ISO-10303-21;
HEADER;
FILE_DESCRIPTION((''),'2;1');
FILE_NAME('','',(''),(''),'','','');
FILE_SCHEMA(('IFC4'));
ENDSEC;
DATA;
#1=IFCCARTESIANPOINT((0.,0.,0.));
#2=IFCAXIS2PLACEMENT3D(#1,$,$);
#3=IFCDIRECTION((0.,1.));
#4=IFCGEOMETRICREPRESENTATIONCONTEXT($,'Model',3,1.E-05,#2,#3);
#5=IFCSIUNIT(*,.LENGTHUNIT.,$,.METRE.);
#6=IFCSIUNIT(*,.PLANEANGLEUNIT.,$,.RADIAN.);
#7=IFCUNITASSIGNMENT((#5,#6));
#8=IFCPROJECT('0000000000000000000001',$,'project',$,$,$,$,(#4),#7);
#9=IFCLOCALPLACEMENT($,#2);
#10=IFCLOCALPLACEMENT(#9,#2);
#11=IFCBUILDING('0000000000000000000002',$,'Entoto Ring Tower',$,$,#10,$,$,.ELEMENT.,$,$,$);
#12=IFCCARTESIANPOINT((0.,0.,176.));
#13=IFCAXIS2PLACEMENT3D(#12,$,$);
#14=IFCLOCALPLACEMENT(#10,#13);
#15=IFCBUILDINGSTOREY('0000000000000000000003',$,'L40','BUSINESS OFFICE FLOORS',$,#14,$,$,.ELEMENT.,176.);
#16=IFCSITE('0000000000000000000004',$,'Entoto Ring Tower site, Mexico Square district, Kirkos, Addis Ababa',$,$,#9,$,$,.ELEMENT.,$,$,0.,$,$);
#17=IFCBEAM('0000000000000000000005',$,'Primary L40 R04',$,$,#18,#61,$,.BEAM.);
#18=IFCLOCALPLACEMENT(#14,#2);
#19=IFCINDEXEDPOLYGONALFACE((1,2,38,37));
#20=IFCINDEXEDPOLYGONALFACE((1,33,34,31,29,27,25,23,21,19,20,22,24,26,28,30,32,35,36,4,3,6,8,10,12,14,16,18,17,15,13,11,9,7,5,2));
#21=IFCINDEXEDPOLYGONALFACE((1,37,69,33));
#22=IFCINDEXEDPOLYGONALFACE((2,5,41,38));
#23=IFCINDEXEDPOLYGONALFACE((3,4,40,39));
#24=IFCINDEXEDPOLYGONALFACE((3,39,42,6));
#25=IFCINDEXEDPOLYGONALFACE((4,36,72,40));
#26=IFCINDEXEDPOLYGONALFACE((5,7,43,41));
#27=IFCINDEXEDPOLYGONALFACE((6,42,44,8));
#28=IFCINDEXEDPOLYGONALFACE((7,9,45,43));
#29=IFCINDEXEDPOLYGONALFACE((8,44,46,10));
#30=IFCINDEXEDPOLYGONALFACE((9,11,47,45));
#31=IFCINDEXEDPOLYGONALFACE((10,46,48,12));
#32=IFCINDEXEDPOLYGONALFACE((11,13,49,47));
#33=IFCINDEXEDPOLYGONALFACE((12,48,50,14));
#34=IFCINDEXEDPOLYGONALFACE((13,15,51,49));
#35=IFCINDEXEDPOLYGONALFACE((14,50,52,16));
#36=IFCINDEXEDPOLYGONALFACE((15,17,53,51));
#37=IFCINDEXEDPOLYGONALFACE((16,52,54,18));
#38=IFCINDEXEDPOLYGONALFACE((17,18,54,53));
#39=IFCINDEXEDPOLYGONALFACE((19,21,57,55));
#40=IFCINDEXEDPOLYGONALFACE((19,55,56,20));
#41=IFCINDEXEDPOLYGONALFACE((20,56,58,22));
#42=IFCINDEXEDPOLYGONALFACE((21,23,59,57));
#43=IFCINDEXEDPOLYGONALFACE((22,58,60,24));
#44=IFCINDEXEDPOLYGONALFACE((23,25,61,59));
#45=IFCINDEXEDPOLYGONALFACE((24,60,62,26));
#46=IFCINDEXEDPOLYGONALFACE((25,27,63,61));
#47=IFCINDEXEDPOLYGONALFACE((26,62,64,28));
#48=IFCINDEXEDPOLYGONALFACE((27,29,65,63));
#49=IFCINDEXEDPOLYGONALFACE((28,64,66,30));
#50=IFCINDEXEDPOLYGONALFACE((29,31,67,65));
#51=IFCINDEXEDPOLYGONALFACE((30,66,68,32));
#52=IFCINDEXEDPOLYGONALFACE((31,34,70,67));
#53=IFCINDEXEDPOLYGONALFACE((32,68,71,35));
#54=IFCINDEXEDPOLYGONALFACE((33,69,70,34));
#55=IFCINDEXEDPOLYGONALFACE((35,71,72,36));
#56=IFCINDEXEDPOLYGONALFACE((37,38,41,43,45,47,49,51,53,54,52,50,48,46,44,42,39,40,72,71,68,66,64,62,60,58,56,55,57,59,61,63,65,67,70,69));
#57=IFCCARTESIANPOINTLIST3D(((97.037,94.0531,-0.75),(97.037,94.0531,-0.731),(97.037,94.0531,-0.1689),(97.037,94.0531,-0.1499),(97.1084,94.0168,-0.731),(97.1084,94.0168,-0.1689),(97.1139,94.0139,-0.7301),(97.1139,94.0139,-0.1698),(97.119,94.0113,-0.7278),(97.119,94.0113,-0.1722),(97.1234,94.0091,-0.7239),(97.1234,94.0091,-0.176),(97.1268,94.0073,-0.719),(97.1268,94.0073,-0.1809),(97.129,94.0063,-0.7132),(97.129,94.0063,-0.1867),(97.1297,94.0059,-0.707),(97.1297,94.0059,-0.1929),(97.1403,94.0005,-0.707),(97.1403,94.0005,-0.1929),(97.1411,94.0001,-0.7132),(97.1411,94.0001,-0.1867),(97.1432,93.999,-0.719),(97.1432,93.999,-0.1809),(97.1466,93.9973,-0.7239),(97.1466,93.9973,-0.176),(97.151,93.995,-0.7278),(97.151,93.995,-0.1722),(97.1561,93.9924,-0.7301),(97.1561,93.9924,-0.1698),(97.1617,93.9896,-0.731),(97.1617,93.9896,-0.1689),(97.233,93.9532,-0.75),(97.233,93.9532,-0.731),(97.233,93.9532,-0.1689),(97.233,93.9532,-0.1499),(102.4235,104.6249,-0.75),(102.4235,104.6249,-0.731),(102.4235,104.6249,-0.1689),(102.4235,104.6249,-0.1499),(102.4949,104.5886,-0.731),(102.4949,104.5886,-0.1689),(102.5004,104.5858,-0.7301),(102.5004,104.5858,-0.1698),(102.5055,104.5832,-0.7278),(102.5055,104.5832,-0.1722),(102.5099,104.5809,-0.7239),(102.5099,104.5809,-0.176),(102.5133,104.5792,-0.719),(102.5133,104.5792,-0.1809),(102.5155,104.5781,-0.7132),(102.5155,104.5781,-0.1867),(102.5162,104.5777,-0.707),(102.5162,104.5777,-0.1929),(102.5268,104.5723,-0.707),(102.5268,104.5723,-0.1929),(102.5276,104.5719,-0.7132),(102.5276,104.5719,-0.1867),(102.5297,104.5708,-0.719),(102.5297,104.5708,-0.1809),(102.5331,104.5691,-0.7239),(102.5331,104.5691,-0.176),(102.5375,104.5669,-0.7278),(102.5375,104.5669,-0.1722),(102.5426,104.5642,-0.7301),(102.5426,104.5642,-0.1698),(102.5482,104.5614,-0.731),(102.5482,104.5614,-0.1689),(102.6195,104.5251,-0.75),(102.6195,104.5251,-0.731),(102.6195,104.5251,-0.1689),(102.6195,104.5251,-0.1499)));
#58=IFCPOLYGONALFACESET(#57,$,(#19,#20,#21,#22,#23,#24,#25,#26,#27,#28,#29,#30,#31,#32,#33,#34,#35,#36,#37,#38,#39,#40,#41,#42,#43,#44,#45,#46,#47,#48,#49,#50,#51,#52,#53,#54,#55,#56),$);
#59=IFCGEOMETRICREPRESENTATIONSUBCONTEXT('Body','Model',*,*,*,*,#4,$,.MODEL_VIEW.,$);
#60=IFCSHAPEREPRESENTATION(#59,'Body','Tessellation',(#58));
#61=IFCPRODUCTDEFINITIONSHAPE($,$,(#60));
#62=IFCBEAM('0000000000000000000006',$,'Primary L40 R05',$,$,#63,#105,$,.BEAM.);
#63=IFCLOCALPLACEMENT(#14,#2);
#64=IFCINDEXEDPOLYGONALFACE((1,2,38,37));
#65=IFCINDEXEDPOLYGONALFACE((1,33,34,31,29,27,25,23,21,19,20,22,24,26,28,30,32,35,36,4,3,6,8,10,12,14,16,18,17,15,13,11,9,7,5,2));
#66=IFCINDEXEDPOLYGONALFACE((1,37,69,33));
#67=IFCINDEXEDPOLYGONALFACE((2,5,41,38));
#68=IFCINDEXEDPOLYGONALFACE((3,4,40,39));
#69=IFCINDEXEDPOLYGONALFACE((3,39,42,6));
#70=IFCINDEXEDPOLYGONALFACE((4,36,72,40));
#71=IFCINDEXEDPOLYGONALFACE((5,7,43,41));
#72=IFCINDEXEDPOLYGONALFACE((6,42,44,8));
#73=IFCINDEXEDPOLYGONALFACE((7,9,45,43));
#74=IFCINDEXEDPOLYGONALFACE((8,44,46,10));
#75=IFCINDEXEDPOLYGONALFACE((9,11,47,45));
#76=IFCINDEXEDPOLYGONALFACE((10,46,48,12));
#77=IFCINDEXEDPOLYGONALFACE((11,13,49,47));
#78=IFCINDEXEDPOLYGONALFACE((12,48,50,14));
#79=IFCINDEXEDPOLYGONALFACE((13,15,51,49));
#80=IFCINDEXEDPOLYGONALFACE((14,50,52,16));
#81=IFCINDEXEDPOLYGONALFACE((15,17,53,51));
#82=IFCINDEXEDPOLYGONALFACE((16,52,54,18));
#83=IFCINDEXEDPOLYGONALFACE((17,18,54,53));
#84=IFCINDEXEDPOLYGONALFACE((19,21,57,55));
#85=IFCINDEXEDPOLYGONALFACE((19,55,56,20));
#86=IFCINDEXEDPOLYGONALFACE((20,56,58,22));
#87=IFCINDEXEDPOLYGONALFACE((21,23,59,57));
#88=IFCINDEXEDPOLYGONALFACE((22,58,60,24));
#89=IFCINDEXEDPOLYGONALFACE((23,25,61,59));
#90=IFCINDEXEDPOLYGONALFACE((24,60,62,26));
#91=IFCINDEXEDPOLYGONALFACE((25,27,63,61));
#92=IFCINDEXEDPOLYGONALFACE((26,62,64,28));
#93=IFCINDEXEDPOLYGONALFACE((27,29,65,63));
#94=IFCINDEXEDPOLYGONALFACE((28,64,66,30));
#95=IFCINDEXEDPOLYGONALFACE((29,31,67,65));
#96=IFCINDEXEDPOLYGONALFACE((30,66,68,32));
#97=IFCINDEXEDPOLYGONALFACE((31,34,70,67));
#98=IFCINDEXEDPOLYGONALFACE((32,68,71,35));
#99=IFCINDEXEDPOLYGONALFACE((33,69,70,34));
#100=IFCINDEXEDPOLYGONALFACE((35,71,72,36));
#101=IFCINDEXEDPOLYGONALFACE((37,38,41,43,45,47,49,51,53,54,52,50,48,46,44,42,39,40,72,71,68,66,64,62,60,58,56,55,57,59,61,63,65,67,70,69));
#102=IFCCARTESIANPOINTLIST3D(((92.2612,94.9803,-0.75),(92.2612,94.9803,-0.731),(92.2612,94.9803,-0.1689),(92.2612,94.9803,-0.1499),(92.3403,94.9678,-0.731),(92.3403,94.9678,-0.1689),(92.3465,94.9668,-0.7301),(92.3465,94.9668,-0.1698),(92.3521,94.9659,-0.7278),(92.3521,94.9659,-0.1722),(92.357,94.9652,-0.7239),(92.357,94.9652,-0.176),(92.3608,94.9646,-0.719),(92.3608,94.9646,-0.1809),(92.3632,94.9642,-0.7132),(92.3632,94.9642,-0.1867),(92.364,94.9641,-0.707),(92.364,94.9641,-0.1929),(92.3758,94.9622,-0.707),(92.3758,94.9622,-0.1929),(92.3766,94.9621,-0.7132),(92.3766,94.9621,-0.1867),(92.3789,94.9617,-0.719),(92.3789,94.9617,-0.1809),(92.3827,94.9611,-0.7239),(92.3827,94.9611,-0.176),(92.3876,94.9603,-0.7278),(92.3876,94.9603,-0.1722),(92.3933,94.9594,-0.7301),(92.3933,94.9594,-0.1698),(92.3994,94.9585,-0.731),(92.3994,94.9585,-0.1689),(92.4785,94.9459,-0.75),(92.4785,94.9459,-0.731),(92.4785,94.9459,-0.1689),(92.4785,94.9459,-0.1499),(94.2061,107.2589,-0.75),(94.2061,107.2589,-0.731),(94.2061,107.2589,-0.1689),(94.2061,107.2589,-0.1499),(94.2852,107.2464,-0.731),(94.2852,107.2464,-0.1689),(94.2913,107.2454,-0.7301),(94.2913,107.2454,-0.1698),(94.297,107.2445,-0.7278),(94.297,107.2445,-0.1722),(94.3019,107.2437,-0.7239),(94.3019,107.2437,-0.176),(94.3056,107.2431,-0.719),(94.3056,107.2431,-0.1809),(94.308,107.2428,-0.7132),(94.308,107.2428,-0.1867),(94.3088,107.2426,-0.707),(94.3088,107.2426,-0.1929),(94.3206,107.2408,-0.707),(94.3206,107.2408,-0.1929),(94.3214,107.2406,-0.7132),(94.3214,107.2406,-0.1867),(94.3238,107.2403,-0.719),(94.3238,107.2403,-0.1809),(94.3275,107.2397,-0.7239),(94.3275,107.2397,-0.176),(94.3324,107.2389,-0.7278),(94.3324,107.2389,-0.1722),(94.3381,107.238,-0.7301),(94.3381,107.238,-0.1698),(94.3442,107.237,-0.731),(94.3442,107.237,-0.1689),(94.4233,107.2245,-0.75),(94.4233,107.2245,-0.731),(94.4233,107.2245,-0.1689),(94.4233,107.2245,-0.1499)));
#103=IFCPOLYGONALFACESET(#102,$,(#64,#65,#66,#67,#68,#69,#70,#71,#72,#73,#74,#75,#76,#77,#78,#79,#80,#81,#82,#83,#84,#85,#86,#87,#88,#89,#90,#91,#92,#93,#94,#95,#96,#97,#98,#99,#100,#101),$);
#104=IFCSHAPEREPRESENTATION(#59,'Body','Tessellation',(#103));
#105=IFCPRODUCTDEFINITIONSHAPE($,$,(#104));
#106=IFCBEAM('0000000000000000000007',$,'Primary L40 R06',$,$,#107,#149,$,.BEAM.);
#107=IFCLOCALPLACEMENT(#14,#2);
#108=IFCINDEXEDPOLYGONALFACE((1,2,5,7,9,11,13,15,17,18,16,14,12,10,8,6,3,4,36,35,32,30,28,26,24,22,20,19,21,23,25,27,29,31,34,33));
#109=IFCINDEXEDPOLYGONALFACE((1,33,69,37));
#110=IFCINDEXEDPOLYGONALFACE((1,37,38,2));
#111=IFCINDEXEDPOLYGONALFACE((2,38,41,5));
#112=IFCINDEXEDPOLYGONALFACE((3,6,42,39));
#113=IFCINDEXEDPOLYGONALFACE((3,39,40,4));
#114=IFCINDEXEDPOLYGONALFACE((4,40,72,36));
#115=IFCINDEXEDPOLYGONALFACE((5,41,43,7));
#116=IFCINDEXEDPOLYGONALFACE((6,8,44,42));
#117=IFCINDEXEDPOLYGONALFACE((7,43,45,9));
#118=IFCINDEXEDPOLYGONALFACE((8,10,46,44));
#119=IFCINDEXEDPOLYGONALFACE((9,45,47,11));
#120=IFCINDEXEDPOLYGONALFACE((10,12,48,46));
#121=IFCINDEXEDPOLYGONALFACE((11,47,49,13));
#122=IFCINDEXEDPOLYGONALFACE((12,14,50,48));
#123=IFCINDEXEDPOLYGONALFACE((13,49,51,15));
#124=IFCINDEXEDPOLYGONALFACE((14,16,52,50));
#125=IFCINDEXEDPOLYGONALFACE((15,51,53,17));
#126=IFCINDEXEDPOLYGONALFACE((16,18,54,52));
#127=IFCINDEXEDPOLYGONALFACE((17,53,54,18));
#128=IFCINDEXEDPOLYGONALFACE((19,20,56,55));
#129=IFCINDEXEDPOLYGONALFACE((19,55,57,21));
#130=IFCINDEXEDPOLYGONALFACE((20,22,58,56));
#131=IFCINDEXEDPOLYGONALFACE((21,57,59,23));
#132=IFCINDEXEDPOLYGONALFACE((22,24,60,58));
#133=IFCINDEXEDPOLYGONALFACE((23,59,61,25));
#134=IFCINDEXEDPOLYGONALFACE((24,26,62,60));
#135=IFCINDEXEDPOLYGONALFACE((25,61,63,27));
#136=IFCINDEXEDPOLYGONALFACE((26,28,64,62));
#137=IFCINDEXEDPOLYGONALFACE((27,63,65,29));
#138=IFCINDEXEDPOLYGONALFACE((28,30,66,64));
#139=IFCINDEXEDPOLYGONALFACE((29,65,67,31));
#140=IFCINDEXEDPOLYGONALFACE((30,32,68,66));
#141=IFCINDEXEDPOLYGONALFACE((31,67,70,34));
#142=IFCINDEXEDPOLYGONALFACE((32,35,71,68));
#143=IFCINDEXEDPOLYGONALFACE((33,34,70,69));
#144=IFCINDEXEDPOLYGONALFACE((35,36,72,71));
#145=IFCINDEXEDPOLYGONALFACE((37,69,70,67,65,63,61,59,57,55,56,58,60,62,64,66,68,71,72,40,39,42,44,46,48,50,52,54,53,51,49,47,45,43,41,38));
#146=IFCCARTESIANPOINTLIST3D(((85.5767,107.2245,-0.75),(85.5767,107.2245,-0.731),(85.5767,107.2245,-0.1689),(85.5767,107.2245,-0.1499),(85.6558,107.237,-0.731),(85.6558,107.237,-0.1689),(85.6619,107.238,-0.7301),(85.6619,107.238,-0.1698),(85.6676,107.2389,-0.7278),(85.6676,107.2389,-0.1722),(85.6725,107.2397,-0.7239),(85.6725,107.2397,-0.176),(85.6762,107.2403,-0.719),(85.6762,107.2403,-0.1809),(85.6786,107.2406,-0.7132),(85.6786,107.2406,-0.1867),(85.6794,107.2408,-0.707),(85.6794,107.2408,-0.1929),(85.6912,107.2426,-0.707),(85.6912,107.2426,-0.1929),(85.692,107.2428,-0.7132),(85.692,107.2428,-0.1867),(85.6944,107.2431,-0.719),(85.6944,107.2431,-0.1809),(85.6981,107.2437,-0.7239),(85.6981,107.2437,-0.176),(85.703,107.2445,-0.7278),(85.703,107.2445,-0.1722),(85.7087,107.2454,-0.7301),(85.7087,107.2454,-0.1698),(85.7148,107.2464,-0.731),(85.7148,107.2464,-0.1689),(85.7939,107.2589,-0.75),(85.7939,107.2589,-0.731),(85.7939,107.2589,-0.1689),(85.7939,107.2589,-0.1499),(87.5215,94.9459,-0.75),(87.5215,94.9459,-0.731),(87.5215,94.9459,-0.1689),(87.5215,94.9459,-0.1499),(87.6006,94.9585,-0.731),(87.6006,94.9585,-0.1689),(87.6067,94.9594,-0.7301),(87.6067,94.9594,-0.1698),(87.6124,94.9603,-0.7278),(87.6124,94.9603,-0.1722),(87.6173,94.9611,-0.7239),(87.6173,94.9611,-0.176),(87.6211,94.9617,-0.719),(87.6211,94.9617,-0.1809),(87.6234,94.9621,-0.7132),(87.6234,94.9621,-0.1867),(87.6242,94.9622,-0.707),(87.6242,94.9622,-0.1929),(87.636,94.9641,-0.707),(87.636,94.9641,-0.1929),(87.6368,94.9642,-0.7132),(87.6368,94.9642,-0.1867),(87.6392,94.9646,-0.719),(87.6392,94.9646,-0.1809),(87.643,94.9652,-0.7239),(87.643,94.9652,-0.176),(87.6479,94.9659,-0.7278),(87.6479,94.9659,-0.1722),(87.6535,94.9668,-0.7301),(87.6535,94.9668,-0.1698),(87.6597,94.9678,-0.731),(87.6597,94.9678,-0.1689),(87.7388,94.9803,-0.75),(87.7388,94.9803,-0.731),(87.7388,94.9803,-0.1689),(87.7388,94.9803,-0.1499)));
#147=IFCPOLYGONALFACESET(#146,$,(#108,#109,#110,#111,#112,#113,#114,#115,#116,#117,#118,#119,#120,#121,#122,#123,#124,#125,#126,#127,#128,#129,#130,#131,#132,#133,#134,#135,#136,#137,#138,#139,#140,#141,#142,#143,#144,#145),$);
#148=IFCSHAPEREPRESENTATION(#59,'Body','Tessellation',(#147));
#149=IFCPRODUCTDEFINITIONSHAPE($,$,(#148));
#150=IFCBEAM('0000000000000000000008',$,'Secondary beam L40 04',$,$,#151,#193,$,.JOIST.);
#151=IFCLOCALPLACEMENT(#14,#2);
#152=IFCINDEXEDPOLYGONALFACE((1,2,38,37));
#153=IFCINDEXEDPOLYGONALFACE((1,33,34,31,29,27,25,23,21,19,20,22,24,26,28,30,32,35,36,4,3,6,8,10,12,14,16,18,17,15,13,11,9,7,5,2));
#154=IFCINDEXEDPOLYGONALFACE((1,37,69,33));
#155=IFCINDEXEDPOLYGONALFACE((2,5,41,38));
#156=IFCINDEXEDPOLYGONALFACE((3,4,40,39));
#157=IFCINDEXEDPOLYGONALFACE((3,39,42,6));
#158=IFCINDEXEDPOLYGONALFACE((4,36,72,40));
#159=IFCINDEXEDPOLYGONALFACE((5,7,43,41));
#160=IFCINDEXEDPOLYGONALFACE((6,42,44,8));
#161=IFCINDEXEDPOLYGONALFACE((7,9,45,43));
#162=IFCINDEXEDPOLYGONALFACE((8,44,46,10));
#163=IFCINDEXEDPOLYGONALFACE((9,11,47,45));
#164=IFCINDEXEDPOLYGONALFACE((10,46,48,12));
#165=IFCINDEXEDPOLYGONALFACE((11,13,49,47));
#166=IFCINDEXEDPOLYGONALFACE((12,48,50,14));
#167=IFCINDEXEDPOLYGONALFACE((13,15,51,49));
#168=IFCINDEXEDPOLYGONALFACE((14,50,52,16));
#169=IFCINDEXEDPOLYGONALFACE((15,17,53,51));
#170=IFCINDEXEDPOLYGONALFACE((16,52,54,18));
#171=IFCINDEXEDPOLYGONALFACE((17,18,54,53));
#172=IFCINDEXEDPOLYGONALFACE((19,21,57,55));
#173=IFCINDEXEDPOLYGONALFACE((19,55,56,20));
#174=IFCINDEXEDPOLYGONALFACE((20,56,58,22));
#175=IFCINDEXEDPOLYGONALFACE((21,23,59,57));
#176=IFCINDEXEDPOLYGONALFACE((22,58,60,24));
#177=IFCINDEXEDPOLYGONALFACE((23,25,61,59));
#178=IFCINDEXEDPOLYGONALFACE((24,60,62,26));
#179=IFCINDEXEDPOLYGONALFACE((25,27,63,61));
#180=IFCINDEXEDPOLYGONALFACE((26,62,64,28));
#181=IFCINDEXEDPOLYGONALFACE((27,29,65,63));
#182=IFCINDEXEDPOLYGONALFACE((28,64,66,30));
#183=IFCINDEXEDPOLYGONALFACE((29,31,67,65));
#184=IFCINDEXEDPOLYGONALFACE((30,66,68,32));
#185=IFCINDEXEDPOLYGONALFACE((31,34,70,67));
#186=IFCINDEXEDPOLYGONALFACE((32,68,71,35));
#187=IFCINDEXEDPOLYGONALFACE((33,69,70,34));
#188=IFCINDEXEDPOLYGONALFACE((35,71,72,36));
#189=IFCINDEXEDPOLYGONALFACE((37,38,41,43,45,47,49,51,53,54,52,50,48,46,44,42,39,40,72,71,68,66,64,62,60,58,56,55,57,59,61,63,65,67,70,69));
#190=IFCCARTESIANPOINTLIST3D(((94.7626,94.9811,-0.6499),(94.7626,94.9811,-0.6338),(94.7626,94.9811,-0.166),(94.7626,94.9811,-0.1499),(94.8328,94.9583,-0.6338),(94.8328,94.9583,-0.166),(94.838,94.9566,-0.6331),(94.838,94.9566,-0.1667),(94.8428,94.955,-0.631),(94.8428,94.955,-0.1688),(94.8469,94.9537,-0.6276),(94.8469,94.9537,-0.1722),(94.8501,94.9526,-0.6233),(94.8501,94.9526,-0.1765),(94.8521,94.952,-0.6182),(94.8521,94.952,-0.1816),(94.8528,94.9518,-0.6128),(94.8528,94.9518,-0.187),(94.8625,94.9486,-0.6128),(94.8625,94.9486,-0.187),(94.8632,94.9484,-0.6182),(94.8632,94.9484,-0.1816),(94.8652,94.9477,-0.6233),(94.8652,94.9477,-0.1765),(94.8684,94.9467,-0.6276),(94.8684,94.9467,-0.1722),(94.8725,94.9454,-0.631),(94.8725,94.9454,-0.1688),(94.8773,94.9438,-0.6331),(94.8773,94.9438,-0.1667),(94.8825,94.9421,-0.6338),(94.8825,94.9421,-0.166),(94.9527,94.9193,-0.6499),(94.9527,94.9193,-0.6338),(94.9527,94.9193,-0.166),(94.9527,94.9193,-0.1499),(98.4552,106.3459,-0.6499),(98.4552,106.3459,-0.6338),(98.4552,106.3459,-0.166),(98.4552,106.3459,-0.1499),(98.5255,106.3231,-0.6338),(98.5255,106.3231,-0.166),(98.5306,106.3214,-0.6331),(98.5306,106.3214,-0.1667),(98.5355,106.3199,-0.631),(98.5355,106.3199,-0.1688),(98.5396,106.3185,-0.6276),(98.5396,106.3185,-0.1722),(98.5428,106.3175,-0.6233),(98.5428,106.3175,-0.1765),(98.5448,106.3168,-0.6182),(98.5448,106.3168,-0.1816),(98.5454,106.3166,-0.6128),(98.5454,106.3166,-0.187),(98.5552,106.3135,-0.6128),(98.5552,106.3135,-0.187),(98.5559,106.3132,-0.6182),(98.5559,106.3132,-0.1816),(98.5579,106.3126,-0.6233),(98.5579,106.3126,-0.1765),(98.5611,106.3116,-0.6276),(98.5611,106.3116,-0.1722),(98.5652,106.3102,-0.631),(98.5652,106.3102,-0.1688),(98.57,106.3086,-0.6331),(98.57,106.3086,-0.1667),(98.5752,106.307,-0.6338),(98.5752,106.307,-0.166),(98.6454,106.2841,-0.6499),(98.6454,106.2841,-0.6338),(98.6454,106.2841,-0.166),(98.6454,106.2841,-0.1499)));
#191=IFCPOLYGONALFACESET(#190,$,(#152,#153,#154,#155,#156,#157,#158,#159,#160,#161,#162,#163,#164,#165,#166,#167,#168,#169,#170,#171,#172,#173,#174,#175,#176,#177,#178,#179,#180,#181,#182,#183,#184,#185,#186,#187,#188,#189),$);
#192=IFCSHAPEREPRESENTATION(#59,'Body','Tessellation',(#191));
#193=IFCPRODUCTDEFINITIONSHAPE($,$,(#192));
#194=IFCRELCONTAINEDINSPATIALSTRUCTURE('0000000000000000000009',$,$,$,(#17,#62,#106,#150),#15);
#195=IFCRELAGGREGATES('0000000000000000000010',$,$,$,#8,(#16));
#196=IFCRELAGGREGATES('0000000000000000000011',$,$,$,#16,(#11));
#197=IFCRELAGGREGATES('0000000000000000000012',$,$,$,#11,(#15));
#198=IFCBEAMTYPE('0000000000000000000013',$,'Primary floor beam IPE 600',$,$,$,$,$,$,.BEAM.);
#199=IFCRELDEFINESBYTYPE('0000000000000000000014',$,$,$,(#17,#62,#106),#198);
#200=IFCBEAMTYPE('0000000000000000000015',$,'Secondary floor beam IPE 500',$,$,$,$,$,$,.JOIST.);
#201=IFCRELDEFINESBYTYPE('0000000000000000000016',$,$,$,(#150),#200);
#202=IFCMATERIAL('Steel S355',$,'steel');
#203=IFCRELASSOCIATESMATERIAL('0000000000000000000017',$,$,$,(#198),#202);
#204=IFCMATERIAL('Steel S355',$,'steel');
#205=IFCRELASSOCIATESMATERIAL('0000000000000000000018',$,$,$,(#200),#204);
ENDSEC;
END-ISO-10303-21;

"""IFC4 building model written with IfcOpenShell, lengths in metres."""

from ifc_helpers import new_model, si_unit, direction, frame, origin, origin_2d, place, context, subcontext, project, spatial, i_section, extrude, material, material_profile, profile_set, type_object, element, save


model = new_model("IFC4")

# Units and contexts
model_context = context("Model", 3, precision=1e-05, world=origin(), true_north=direction((0.0, 1.0)))
body_context = subcontext(model_context, "Body", "Model", "MODEL_VIEW")
ifc_project = project(units=[si_unit("LENGTHUNIT", "METRE"), si_unit("PLANEANGLEUNIT", "RADIAN")], contexts=[model_context])

# Site, building, storey
site_placement = place(None, origin())
site = spatial("IfcSite", under=ifc_project, at=site_placement, Name="Entoto Ring Tower site, Mexico Square district, Kirkos, Addis Ababa", CompositionType="ELEMENT", RefElevation=0.0)
building_placement = place(site_placement, origin())
building = spatial("IfcBuilding", under=site, at=building_placement, Name="Entoto Ring Tower", CompositionType="ELEMENT")
storey_placement = place(building_placement, frame((0.0, 0.0, 176.0)))
storey = spatial("IfcBuildingStorey", under=building, at=storey_placement, Name="L40", Description="BUSINESS OFFICE FLOORS", CompositionType="ELEMENT", Elevation=176.0)

# Beams
ifc_material_1 = material(Name="Steel S355", Category="steel")
ifc_material_profile_1 = material_profile(ifc_material_1, i_section(OverallWidth=0.22, OverallDepth=0.6001, WebThickness=0.012, FlangeThickness=0.019, FilletRadius=0.0239, at=origin_2d()), Name="IPE 600")
ifc_profile_set_1 = profile_set([ifc_material_profile_1], Name="Steel S355")
beam_type_1 = type_object("IfcBeamType", Name="Primary floor beam IPE 600", PredefinedType="BEAM", material=ifc_profile_set_1)
beam_1_placement = place(storey_placement, frame((97.135, 94.0032, -0.45), z_axis=(0.453983, 0.89101, 0.0), x_axis=(-0.89101, 0.453983, 0.0)))
element("IfcBeam", 1, at=beam_1_placement, inside=storey, type_object=beam_type_1, Name="Primary L40 R04", PredefinedType="BEAM", context=body_context, shape_type="SweptSolid", body=[
    extrude(i_section(OverallWidth=0.22, OverallDepth=0.6001, WebThickness=0.012, FlangeThickness=0.019, FilletRadius=0.0239, at=origin_2d()), origin(), (0.0, 0.0, 1.0), 11.865),
])
for number, where, z_axis, x_axis, name in (
    (2, (92.3699, 94.9631, -0.45), (0.156442, 0.987687, 0.0), (-0.987687, 0.156442, 0.0), "Primary L40 R05"),
    (3, (87.6301, 94.9631, -0.45), (-0.156442, 0.987687, 0.0), (-0.987687, -0.156442, 0.0), "Primary L40 R06"),
):
    element("IfcBeam", number, at=place(storey_placement, frame(where, z_axis=z_axis, x_axis=x_axis)), inside=storey, type_object=beam_type_1, Name=name, PredefinedType="BEAM", context=body_context, shape_type="SweptSolid", body=[
        extrude(i_section(OverallWidth=0.22, OverallDepth=0.6001, WebThickness=0.012, FlangeThickness=0.019, FilletRadius=0.0239, at=origin_2d()), origin(), (0.0, 0.0, 1.0), 12.4316),
    ])
ifc_material_2 = material(Name="Steel S355", Category="steel")
ifc_material_profile_2 = material_profile(ifc_material_2, i_section(OverallWidth=0.2, OverallDepth=0.5, WebThickness=0.0103, FlangeThickness=0.0161, FilletRadius=0.021, at=origin_2d()), Name="IPE 500")
ifc_profile_set_2 = profile_set([ifc_material_profile_2], Name="Steel S355")
beam_type_2 = type_object("IfcBeamType", Name="Secondary floor beam IPE 500", PredefinedType="JOIST", material=ifc_profile_set_2)
beam_2_placement = place(storey_placement, frame((94.8577, 94.9502, -0.3999), z_axis=(0.309017, 0.951057, 0.0), x_axis=(-0.951057, 0.309017, 0.0)))
element("IfcBeam", 4, at=beam_2_placement, inside=storey, type_object=beam_type_2, Name="Secondary beam L40 04", PredefinedType="JOIST", context=body_context, shape_type="SweptSolid", body=[
    extrude(i_section(OverallWidth=0.2, OverallDepth=0.5, WebThickness=0.0103, FlangeThickness=0.0161, FilletRadius=0.021, at=origin_2d()), origin(), (0.0, 0.0, 1.0), 11.9497),
])

save(model, "model.ifc")
